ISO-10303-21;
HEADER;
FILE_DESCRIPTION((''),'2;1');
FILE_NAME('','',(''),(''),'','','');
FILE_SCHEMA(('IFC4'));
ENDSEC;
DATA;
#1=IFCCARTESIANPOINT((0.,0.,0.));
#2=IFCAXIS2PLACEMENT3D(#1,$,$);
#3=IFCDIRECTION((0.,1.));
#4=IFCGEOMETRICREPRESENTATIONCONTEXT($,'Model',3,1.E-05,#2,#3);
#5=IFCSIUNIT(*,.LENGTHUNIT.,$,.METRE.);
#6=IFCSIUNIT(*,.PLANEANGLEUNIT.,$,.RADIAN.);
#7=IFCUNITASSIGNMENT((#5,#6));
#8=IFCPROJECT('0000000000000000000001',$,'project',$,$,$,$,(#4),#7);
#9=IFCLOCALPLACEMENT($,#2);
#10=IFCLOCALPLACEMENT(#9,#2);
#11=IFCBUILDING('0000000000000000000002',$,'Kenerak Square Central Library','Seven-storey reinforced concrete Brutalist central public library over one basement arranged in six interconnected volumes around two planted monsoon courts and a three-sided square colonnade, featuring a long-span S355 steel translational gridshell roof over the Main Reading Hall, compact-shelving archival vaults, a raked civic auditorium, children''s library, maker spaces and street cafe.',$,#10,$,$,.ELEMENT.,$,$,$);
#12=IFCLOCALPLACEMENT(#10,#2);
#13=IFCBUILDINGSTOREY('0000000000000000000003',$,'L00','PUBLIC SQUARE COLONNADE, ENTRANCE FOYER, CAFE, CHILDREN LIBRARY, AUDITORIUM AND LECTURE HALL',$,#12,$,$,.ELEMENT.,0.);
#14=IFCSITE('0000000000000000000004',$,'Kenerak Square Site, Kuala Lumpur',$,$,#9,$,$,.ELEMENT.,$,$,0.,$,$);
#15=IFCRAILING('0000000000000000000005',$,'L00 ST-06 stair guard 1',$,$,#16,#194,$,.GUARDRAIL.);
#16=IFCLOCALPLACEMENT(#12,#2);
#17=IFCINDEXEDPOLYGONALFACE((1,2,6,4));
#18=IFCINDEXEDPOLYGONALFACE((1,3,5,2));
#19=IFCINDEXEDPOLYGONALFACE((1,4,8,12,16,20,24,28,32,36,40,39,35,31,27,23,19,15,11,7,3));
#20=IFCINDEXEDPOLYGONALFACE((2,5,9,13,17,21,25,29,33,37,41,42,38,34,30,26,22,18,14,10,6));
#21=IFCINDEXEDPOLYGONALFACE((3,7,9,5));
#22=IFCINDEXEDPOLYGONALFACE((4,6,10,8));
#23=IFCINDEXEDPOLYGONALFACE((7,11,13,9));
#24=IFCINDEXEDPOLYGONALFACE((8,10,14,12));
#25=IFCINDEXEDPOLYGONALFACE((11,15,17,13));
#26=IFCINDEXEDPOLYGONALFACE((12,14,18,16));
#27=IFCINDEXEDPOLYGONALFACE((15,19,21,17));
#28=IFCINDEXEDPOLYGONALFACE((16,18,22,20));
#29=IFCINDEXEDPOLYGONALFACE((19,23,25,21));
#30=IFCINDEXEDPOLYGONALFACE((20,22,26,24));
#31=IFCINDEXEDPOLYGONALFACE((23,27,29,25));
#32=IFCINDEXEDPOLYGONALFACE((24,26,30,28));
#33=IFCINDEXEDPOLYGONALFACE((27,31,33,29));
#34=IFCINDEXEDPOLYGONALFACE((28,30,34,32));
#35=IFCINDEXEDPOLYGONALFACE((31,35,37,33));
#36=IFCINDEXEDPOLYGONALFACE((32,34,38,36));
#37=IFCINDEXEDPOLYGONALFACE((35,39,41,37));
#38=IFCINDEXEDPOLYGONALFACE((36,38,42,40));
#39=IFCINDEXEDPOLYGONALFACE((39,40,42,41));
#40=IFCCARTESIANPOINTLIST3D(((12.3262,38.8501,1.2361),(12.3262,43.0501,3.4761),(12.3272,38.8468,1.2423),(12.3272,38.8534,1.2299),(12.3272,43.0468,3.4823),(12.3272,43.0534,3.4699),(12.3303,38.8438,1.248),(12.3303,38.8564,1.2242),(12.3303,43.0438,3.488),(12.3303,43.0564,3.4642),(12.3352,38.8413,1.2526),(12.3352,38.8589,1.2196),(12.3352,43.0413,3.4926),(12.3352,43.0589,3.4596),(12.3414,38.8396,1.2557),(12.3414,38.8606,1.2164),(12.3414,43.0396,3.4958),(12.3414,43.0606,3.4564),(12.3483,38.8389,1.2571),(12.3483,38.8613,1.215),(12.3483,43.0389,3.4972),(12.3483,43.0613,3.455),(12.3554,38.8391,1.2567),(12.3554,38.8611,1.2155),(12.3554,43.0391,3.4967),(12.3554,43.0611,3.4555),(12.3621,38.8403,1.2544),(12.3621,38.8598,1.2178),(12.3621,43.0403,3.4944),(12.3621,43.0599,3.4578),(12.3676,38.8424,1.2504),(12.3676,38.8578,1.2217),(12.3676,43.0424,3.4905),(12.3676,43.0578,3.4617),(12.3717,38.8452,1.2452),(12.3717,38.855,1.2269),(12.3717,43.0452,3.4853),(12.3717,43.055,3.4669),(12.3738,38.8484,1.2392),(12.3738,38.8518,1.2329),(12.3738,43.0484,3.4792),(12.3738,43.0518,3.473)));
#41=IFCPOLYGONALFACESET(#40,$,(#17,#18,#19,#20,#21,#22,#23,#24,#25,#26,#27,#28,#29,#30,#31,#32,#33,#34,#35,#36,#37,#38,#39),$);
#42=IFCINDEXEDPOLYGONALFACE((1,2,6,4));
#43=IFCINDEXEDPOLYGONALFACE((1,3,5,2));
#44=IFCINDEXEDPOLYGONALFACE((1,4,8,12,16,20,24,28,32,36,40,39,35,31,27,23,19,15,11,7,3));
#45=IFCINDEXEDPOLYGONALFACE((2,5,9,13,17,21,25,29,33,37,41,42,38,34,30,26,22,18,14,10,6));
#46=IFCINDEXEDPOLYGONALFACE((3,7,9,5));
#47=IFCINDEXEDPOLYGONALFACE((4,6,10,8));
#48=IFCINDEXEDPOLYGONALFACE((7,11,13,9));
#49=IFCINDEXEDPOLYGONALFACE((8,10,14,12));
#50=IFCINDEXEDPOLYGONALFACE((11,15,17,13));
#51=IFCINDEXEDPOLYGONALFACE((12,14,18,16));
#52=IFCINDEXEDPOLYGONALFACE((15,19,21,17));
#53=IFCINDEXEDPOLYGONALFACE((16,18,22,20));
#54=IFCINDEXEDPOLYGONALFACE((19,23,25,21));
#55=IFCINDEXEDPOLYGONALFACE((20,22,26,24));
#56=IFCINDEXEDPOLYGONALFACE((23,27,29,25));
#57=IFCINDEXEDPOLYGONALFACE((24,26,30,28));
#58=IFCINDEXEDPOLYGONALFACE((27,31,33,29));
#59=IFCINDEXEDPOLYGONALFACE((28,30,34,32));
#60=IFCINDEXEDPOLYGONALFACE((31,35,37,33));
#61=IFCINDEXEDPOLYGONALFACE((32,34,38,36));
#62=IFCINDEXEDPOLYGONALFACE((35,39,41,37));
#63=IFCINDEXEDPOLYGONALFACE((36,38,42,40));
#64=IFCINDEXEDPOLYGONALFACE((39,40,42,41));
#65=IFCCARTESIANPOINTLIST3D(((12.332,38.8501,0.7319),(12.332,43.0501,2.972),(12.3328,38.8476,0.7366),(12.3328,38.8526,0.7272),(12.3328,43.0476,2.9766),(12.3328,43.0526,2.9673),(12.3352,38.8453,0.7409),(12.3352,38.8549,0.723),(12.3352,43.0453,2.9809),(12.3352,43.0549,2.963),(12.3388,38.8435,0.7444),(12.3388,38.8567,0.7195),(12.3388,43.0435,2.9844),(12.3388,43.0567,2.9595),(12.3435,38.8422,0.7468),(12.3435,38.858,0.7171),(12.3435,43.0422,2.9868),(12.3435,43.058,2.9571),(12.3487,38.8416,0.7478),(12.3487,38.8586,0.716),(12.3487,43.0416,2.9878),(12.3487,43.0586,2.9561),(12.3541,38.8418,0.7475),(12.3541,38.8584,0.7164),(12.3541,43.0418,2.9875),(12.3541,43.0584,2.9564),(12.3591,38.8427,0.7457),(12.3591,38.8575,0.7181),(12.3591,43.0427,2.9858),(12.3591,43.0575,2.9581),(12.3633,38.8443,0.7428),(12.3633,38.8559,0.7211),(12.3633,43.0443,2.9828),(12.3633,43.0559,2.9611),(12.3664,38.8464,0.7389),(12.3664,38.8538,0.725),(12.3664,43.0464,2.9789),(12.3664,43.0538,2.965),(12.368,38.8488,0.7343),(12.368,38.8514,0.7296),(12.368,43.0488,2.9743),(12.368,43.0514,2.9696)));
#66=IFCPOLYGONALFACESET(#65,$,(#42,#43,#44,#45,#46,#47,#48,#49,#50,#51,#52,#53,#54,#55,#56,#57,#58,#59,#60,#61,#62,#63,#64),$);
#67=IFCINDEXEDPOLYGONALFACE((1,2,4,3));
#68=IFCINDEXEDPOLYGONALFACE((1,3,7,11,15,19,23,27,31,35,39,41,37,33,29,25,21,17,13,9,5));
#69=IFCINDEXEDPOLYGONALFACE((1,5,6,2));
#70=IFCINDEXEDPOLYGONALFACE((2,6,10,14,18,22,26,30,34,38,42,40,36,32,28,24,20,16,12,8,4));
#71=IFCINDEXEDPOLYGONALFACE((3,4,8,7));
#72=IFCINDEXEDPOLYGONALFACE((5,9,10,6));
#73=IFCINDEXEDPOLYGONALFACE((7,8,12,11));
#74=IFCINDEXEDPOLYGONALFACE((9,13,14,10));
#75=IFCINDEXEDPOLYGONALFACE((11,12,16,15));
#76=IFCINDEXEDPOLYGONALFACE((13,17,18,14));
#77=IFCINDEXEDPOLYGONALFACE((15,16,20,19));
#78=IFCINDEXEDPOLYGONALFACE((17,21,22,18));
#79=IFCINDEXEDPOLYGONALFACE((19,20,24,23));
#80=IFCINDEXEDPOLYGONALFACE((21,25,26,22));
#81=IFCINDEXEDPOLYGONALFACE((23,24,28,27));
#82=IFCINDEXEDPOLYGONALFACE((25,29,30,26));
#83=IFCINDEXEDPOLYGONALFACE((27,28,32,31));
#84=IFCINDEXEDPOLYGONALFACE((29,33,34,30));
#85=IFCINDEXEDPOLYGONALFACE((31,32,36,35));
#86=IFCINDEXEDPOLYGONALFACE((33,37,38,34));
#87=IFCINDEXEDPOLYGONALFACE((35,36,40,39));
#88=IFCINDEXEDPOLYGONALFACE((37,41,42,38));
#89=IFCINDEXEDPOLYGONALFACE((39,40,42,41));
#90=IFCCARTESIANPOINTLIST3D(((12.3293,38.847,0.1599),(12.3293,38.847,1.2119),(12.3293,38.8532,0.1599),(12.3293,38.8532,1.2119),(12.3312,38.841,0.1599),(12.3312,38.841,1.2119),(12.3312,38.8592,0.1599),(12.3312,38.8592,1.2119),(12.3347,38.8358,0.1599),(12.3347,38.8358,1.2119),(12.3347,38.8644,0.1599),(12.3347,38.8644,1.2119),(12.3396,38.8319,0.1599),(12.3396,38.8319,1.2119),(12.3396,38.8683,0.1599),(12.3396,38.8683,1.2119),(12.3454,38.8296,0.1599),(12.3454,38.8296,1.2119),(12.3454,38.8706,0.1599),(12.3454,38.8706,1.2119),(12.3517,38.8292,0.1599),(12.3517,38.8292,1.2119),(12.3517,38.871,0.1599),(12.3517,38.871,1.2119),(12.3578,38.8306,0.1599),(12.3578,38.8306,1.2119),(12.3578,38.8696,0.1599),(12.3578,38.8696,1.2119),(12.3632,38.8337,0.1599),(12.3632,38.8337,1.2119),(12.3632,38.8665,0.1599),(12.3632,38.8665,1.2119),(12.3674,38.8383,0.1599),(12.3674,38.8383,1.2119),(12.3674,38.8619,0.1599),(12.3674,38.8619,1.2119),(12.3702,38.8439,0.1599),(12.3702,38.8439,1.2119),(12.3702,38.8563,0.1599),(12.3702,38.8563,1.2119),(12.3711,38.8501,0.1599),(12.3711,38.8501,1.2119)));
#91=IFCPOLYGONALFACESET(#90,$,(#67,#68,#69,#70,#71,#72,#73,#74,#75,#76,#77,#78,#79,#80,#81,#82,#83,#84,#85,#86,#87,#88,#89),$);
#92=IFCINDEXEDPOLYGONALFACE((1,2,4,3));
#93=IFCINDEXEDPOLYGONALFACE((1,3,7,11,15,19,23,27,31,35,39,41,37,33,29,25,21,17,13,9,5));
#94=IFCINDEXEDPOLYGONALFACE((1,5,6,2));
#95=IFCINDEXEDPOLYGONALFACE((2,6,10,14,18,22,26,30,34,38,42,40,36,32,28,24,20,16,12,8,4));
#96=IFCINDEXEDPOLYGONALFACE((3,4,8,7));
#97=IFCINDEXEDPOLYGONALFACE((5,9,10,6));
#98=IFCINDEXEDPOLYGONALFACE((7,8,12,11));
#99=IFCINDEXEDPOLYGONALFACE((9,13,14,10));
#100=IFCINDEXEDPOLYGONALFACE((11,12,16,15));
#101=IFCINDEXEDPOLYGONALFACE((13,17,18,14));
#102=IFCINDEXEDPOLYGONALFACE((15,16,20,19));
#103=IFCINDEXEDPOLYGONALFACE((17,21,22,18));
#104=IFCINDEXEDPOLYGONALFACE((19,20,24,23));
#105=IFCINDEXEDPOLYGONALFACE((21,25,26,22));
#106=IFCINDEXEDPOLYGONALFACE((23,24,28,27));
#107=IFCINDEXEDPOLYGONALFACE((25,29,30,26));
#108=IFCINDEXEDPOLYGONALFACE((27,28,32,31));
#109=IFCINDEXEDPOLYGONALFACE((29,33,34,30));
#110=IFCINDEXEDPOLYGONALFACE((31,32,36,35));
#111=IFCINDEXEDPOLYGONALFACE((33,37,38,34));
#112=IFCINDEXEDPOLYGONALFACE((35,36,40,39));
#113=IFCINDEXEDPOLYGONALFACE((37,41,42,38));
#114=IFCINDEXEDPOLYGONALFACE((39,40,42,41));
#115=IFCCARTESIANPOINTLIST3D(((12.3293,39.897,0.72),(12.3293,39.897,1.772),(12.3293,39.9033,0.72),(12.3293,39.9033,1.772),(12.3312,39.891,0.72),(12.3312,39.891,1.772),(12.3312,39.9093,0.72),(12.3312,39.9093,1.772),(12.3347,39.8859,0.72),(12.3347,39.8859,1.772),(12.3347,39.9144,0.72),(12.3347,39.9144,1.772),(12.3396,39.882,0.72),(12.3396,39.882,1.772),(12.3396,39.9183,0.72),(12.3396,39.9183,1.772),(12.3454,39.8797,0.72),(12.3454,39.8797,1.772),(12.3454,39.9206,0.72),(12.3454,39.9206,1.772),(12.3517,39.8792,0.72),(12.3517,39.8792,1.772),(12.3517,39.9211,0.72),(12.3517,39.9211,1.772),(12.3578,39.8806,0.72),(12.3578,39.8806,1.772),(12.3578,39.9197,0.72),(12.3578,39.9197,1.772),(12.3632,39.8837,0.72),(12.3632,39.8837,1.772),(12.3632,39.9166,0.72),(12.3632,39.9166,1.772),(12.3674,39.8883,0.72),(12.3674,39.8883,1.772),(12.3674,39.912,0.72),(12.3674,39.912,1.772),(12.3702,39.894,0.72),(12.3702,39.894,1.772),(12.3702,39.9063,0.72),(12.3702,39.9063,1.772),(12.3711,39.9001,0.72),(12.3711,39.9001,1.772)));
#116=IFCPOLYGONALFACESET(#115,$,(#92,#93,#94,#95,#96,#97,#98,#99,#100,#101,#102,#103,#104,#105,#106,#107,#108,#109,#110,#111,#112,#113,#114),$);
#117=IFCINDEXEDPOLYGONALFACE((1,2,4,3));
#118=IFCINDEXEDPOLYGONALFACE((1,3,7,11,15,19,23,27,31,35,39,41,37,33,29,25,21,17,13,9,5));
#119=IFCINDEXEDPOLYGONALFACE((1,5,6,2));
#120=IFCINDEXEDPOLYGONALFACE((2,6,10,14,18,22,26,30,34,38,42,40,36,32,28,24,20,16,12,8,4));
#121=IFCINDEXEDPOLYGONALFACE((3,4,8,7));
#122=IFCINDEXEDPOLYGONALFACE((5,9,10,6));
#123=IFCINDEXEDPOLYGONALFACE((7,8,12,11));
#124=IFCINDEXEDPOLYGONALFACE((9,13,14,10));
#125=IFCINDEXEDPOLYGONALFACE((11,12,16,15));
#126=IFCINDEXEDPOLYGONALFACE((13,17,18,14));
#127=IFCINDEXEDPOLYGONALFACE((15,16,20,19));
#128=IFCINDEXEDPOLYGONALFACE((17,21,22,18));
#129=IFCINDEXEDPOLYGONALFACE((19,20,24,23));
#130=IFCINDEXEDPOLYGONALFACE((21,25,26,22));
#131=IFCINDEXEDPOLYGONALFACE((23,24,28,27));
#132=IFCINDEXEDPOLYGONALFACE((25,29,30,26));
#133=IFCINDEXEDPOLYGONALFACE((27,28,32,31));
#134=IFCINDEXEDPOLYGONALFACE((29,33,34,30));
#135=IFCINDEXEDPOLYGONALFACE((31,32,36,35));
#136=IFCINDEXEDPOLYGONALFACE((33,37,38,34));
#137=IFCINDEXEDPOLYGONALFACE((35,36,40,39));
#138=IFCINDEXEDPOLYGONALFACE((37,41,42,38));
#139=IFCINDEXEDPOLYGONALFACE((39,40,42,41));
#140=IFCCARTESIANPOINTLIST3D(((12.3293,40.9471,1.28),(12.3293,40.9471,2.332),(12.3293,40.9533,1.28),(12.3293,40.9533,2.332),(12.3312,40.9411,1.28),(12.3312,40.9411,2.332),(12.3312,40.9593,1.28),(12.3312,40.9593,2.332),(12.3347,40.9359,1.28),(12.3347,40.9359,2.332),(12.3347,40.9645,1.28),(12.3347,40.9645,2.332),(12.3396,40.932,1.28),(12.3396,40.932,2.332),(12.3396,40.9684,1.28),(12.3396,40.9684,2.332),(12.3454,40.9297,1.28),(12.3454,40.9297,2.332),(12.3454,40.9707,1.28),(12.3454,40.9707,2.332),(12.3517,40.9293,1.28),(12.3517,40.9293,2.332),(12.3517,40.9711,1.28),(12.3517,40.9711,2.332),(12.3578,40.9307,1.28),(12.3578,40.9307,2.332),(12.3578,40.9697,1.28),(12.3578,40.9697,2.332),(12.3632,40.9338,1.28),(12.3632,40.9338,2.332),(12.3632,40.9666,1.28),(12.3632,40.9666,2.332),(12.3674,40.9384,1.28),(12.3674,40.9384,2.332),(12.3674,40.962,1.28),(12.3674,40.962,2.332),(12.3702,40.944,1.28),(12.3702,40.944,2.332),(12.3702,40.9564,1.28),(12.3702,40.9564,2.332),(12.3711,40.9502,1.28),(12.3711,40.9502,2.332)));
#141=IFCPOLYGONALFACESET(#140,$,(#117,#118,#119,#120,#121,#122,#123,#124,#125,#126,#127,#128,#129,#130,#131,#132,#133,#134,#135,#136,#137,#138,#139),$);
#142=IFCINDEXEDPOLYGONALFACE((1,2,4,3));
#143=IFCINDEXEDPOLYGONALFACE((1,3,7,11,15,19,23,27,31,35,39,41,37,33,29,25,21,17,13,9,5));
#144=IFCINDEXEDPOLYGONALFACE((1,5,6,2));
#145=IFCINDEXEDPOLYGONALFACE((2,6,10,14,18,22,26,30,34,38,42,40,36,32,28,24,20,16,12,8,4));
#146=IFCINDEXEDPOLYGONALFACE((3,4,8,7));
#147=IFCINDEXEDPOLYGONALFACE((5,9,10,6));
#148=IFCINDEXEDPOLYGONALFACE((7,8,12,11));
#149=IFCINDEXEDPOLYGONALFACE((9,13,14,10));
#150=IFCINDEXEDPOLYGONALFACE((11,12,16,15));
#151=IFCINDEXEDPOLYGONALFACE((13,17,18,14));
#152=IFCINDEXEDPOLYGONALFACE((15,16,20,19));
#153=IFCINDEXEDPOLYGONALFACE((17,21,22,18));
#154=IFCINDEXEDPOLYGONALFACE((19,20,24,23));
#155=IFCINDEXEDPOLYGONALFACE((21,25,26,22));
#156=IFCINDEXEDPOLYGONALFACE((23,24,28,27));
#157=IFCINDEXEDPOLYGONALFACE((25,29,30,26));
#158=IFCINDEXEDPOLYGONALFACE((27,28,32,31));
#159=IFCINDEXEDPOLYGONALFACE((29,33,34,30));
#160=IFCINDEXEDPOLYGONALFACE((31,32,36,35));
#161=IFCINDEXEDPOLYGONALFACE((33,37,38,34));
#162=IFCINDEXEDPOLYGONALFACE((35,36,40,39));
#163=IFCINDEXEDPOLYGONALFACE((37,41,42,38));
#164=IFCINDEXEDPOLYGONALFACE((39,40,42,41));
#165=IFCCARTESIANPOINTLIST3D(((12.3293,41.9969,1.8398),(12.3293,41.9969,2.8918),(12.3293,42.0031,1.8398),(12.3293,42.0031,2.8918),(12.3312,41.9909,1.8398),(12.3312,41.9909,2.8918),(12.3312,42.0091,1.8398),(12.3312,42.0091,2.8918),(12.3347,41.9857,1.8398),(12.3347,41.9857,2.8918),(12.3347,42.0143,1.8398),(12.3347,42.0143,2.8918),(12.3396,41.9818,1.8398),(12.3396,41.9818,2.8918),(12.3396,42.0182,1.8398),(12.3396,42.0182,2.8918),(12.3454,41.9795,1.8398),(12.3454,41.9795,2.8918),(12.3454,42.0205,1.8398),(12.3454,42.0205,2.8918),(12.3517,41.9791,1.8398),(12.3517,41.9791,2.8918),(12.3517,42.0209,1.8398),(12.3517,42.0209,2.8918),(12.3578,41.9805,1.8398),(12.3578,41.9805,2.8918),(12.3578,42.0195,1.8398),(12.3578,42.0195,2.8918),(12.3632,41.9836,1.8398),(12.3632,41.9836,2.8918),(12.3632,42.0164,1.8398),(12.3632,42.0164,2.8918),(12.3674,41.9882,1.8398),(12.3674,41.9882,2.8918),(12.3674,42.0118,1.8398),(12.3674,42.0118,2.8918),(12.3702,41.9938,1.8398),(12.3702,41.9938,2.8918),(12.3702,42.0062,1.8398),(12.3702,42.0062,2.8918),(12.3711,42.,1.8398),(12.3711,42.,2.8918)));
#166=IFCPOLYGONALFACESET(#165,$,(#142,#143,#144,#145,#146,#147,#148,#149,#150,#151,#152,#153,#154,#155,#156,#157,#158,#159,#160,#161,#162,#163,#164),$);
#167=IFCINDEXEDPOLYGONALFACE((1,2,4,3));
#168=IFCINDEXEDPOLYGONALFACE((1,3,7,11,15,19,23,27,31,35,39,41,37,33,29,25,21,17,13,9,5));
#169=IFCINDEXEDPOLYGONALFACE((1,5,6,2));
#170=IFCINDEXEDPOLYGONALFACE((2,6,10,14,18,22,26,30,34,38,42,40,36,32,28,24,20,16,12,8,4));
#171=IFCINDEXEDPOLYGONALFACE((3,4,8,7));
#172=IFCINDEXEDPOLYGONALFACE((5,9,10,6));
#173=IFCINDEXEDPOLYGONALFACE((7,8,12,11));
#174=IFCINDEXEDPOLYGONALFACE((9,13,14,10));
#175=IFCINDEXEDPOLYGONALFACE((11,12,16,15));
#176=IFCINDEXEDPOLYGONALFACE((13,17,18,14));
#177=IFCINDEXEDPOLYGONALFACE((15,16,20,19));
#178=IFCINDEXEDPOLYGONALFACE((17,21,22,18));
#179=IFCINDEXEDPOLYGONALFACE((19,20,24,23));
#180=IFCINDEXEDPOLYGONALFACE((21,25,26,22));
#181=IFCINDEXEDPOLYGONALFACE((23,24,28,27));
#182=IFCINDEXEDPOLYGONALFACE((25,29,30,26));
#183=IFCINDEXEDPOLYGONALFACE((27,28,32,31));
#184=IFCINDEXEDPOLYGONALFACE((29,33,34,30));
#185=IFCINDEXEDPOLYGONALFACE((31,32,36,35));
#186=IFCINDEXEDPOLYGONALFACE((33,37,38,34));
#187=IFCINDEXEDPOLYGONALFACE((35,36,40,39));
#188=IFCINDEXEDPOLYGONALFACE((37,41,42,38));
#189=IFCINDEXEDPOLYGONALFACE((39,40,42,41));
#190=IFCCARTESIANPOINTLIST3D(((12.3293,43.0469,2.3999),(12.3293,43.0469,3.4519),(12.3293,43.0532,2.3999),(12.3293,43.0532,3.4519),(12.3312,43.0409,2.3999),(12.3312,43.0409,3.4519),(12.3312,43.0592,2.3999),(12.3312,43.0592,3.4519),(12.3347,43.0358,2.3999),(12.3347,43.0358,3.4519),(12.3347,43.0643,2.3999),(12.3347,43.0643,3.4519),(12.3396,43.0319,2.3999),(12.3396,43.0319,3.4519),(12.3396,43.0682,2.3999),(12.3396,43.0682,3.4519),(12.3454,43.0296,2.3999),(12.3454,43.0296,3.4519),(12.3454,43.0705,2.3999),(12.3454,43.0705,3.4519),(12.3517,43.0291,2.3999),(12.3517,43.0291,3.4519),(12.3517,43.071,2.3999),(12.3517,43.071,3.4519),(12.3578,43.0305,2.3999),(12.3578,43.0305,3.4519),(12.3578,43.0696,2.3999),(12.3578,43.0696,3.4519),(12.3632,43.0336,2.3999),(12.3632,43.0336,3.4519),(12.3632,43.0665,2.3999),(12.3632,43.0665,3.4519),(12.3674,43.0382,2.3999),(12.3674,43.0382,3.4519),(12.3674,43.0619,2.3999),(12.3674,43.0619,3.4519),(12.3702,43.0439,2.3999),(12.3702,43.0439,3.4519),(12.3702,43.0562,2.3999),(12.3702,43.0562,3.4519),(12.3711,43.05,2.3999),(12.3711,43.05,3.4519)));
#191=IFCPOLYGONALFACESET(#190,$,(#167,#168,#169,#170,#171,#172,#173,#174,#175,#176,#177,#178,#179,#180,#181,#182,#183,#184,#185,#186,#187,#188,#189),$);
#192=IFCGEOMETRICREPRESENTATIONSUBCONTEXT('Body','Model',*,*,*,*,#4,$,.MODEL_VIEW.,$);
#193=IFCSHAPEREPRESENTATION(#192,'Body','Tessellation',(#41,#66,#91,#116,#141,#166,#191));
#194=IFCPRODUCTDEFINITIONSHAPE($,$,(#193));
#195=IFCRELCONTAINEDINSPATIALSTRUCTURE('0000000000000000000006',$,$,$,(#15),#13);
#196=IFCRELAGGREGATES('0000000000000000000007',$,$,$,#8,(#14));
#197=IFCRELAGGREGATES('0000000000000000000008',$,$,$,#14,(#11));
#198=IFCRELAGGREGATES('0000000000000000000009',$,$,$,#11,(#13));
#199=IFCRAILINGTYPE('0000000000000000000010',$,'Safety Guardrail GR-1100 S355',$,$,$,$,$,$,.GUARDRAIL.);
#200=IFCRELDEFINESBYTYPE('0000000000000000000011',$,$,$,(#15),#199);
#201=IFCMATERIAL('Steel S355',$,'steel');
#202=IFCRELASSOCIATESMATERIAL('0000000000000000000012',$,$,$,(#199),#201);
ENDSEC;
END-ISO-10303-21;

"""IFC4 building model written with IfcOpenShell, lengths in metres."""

from ifc_helpers import new_model, si_unit, direction, frame, origin, origin_2d, place, context, subcontext, project, spatial, circle, extrude, material, type_object, element, save


model = new_model("IFC4")

# Units and contexts
model_context = context("Model", 3, precision=1e-05, world=origin(), true_north=direction((0.0, 1.0)))
body_context = subcontext(model_context, "Body", "Model", "MODEL_VIEW")
ifc_project = project(units=[si_unit("LENGTHUNIT", "METRE"), si_unit("PLANEANGLEUNIT", "RADIAN")], contexts=[model_context])

# Site, building, storey
site_placement = place(None, origin())
site = spatial("IfcSite", under=ifc_project, at=site_placement, Name="Kenerak Square Site, Kuala Lumpur", CompositionType="ELEMENT", RefElevation=0.0)
building_placement = place(site_placement, origin())
building = spatial("IfcBuilding", under=site, at=building_placement, Name="Kenerak Square Central Library", Description="Seven-storey reinforced concrete Brutalist central public library over one basement arranged in six interconnected volumes around two planted monsoon courts and a three-sided square colonnade, featuring a long-span S355 steel translational gridshell roof over the Main Reading Hall, compact-shelving archival vaults, a raked civic auditorium, children's library, maker spaces and street cafe.", CompositionType="ELEMENT")
storey_placement = place(building_placement, origin())
storey = spatial("IfcBuildingStorey", under=building, at=storey_placement, Name="L00", Description="PUBLIC SQUARE COLONNADE, ENTRANCE FOYER, CAFE, CHILDREN LIBRARY, AUDITORIUM AND LECTURE HALL", CompositionType="ELEMENT", Elevation=0.0)

# Shared definitions
ifc_material_1 = material(Name="Steel S355", Category="steel")

# Railing
railing_type_1 = type_object("IfcRailingType", Name="Safety Guardrail GR-1100 S355", PredefinedType="GUARDRAIL", material=ifc_material_1)
railing_1_placement = place(storey_placement, frame((12.3501, 38.8501, 0.1599)))
element("IfcRailing", 1, at=railing_1_placement, inside=storey, type_object=railing_type_1, Name="L00 ST-06 stair guard 1", PredefinedType="GUARDRAIL", context=body_context, shape_type="SweptSolid", body=[
    extrude(circle(Radius=0.0239, at=origin_2d()), frame((0.0, 0.0, 1.0762), z_axis=(0.0, 0.882352, 0.470591), x_axis=(-1.0, 0.0, 0.0)), (0.0, 0.0, 1.0), 4.76),
    extrude(circle(Radius=0.0181, at=origin_2d()), frame((0.0, 0.0, 0.572), z_axis=(0.0, 0.882352, 0.470591), x_axis=(-1.0, 0.0, 0.0)), (0.0, 0.0, 1.0), 4.76),
    extrude(circle(Radius=0.021, at=origin_2d()), origin(), (0.0, 0.0, 1.0), 1.052),
    extrude(circle(Radius=0.021, at=origin_2d()), frame((0.0, 1.05, 0.5601)), (0.0, 0.0, 1.0), 1.052),
    extrude(circle(Radius=0.021, at=origin_2d()), frame((0.0, 2.1001, 1.1201)), (0.0, 0.0, 1.0), 1.052),
    extrude(circle(Radius=0.021, at=origin_2d()), frame((0.0, 3.1499, 1.6799)), (0.0, 0.0, 1.0), 1.052),
    extrude(circle(Radius=0.021, at=origin_2d()), frame((0.0, 4.2, 2.24)), (0.0, 0.0, 1.0), 1.052),
])

save(model, "model.ifc")
